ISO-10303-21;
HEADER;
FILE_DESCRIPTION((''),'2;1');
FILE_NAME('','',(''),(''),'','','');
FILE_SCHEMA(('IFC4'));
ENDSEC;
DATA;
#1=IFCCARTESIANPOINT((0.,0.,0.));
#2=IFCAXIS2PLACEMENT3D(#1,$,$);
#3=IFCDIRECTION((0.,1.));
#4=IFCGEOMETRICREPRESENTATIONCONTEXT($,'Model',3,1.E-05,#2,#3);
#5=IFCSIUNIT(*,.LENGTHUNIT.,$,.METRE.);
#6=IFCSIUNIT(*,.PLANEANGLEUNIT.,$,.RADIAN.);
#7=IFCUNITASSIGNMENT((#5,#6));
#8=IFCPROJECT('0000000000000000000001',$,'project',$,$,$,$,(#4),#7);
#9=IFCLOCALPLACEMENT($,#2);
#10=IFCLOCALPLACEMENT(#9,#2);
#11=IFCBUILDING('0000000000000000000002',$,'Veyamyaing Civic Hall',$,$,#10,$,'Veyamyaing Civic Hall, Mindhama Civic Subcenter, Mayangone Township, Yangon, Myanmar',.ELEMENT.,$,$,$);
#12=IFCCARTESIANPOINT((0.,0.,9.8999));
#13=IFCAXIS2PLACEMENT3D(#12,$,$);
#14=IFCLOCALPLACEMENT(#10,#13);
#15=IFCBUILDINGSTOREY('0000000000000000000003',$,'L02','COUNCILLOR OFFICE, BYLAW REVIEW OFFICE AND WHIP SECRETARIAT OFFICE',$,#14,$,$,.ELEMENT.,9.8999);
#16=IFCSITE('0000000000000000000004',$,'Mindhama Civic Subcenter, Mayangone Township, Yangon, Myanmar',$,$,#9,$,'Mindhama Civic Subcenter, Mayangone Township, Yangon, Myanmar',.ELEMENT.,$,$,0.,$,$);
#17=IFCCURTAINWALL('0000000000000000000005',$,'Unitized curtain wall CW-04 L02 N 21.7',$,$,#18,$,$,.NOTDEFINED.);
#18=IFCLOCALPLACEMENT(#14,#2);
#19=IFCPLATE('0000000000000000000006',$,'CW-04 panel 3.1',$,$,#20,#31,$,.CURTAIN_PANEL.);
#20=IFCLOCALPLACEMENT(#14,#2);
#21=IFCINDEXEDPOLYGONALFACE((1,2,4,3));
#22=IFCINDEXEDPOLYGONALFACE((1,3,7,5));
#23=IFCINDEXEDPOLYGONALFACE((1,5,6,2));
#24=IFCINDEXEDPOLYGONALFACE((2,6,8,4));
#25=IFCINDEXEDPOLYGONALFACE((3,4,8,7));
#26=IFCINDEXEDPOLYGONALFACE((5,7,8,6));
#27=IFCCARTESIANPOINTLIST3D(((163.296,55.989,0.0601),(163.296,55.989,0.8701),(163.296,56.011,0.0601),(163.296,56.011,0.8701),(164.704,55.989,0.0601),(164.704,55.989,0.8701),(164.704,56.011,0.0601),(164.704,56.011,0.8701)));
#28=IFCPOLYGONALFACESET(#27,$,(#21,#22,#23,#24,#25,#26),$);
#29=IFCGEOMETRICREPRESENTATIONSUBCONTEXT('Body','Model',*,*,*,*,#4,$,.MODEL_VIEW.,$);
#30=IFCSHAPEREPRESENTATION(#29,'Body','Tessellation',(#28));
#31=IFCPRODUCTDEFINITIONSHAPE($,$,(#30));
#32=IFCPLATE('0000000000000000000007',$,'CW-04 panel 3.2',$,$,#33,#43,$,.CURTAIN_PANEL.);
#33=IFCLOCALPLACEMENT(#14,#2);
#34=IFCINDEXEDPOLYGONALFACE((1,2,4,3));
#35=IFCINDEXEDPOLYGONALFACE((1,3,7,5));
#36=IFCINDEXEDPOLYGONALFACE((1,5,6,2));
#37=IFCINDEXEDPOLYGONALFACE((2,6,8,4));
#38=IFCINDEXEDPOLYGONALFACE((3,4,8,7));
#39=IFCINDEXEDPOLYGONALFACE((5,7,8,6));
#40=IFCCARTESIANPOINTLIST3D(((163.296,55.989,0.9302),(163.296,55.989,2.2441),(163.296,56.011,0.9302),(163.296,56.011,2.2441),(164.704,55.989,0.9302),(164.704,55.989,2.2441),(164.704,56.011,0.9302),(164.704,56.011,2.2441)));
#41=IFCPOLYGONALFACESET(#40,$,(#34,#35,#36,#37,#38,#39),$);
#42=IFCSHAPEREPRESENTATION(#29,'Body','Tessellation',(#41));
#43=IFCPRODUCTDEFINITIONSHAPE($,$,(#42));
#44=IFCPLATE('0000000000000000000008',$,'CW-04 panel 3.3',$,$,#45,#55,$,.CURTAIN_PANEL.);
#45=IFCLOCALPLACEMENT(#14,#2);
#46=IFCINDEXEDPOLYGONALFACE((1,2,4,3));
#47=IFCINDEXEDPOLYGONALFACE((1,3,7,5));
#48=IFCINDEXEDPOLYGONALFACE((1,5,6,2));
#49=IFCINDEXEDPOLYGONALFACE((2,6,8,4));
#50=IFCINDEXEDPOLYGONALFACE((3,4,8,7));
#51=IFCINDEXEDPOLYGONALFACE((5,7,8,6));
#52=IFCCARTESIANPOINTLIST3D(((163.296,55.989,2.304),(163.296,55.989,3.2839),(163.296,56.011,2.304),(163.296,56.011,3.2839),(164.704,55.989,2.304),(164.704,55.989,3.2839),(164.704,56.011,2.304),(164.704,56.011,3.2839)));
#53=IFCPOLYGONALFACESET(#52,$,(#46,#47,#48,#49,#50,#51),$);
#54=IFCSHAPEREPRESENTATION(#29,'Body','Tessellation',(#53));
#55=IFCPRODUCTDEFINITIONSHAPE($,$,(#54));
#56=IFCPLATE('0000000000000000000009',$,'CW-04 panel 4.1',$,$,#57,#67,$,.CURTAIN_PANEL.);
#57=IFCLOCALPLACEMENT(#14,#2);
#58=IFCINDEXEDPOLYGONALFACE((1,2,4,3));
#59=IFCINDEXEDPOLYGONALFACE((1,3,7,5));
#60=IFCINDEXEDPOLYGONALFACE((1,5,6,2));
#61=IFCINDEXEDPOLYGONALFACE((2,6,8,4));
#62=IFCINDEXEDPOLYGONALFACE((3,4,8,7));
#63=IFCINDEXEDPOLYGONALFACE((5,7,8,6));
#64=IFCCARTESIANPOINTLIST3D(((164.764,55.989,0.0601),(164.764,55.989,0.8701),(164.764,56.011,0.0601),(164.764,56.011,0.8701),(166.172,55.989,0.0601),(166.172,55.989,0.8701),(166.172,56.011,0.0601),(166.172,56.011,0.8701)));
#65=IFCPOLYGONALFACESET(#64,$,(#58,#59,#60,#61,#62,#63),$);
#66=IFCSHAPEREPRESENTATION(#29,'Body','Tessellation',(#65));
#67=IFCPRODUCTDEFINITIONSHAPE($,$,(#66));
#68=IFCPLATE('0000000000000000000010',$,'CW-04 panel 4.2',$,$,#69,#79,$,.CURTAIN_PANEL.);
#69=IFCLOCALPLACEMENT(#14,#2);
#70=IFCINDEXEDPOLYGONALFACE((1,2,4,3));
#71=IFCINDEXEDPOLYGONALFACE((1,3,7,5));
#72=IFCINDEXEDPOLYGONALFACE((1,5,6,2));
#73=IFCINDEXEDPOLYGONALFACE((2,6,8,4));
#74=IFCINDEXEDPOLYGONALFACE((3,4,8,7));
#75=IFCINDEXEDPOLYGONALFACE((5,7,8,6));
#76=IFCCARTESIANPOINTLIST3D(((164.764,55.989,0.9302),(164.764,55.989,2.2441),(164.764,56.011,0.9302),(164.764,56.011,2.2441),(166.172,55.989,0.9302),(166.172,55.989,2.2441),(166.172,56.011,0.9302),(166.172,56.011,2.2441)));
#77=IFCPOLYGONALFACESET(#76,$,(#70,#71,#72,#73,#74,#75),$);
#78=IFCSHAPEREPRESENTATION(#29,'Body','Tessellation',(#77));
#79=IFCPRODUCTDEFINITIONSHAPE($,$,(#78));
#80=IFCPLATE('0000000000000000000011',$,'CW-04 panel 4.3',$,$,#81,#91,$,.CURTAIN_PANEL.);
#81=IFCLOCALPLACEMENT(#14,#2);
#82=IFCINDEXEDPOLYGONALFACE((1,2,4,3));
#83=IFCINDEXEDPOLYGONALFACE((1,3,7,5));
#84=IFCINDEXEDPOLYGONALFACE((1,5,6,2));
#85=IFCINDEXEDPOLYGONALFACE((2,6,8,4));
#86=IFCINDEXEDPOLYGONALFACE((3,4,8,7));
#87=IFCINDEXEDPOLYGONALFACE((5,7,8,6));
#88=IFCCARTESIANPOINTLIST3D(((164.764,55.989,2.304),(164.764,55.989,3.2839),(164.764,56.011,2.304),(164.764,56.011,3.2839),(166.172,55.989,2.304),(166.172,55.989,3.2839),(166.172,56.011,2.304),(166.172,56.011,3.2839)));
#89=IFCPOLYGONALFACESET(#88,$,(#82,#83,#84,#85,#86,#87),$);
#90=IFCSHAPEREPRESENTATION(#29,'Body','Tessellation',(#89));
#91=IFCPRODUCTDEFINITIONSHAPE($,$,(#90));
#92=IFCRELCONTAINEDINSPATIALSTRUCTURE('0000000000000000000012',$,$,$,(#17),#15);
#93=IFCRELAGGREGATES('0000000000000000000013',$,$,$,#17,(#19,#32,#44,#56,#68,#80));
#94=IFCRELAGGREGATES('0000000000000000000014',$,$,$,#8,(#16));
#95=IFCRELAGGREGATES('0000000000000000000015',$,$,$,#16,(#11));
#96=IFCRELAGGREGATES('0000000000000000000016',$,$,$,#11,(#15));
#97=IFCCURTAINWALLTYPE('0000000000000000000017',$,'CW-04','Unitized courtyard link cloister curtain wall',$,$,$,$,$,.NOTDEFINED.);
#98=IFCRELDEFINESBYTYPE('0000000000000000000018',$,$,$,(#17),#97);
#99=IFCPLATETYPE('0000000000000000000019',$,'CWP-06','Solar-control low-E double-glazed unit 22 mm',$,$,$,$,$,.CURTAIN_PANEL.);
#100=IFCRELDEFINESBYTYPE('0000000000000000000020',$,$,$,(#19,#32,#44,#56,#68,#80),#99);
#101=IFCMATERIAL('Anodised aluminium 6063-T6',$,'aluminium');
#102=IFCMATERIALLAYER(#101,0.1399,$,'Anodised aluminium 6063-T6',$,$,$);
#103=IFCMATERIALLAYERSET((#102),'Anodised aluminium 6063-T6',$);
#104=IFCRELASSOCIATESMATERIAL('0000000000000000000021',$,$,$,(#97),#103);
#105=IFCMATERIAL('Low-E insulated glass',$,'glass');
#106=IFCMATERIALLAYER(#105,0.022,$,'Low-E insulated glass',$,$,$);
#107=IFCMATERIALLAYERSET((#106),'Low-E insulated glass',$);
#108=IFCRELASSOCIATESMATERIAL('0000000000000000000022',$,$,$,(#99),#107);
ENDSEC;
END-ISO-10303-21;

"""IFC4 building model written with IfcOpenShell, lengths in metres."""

from ifc_helpers import new_model, si_unit, direction, frame, origin, origin_2d, place, context, subcontext, project, spatial, rectangle, extrude, material, layer, layer_set, type_object, element, aggregate, save


model = new_model("IFC4")

# Units and contexts
model_context = context("Model", 3, precision=1e-05, world=origin(), true_north=direction((0.0, 1.0)))
body_context = subcontext(model_context, "Body", "Model", "MODEL_VIEW")
ifc_project = project(units=[si_unit("LENGTHUNIT", "METRE"), si_unit("PLANEANGLEUNIT", "RADIAN")], contexts=[model_context])

# Site, building, storey
site_placement = place(None, origin())
site = spatial("IfcSite", under=ifc_project, at=site_placement, Name="Mindhama Civic Subcenter, Mayangone Township, Yangon, Myanmar", LongName="Mindhama Civic Subcenter, Mayangone Township, Yangon, Myanmar", CompositionType="ELEMENT", RefElevation=0.0)
building_placement = place(site_placement, origin())
building = spatial("IfcBuilding", under=site, at=building_placement, Name="Veyamyaing Civic Hall", LongName="Veyamyaing Civic Hall, Mindhama Civic Subcenter, Mayangone Township, Yangon, Myanmar", CompositionType="ELEMENT")
storey_placement = place(building_placement, frame((0.0, 0.0, 9.8999)))
storey = spatial("IfcBuildingStorey", under=building, at=storey_placement, Name="L02", Description="COUNCILLOR OFFICE, BYLAW REVIEW OFFICE AND WHIP SECRETARIAT OFFICE", CompositionType="ELEMENT", Elevation=9.8999)

# Curtain wall, plates
ifc_material_1 = material(Name="Anodised aluminium 6063-T6", Category="aluminium")
ifc_layer_1 = layer(ifc_material_1, 0.1399, Name="Anodised aluminium 6063-T6")
ifc_layer_set_1 = layer_set([ifc_layer_1], Name="Anodised aluminium 6063-T6")
curtain_wall_type = type_object("IfcCurtainWallType", Name="CW-04", Description="Unitized courtyard link cloister curtain wall", PredefinedType="NOTDEFINED", material=ifc_layer_set_1)
curtain_wall_placement = place(storey_placement, origin())
curtain_wall = element("IfcCurtainWall", 1, at=curtain_wall_placement, inside=storey, type_object=curtain_wall_type, Name="Unitized curtain wall CW-04 L02 N 21.7", PredefinedType="NOTDEFINED")
ifc_material_2 = material(Name="Low-E insulated glass", Category="glass")
ifc_layer_2 = layer(ifc_material_2, 0.022, Name="Low-E insulated glass")
ifc_layer_set_2 = layer_set([ifc_layer_2], Name="Low-E insulated glass")
plate_type = type_object("IfcPlateType", Name="CWP-06", Description="Solar-control low-E double-glazed unit 22 mm", PredefinedType="CURTAIN_PANEL", material=ifc_layer_set_2)
plate_1_placement = place(storey_placement, frame((164.0, 56.0, 0.0601), z_axis=(0.0, 0.0, 1.0), x_axis=(1.0, 0.0, 0.0)))
plate_1 = element("IfcPlate", 2, at=plate_1_placement, type_object=plate_type, Name="CW-04 panel 3.1", PredefinedType="CURTAIN_PANEL", context=body_context, shape_type="SweptSolid", body=[
    extrude(rectangle(XDim=1.408, YDim=0.022, at=origin_2d()), origin(), (0.0, 0.0, 1.0), 0.8101),
])
plate_2_placement = place(storey_placement, frame((164.0, 56.0, 0.9302), z_axis=(0.0, 0.0, 1.0), x_axis=(1.0, 0.0, 0.0)))
plate_2 = element("IfcPlate", 3, at=plate_2_placement, type_object=plate_type, Name="CW-04 panel 3.2", PredefinedType="CURTAIN_PANEL", context=body_context, shape_type="SweptSolid", body=[
    extrude(rectangle(XDim=1.408, YDim=0.022, at=origin_2d()), origin(), (0.0, 0.0, 1.0), 1.314),
])
plate_3_placement = place(storey_placement, frame((164.0, 56.0, 2.304), z_axis=(0.0, 0.0, 1.0), x_axis=(1.0, 0.0, 0.0)))
plate_3 = element("IfcPlate", 4, at=plate_3_placement, type_object=plate_type, Name="CW-04 panel 3.3", PredefinedType="CURTAIN_PANEL", context=body_context, shape_type="SweptSolid", body=[
    extrude(rectangle(XDim=1.408, YDim=0.022, at=origin_2d()), origin(), (0.0, 0.0, 1.0), 0.98),
])
plate_4_placement = place(storey_placement, frame((165.468, 56.0, 0.0601), z_axis=(0.0, 0.0, 1.0), x_axis=(1.0, 0.0, 0.0)))
plate_4 = element("IfcPlate", 5, at=plate_4_placement, type_object=plate_type, Name="CW-04 panel 4.1", PredefinedType="CURTAIN_PANEL", context=body_context, shape_type="SweptSolid", body=[
    extrude(rectangle(XDim=1.408, YDim=0.022, at=origin_2d()), origin(), (0.0, 0.0, 1.0), 0.8101),
])
plate_5_placement = place(storey_placement, frame((165.468, 56.0, 0.9302), z_axis=(0.0, 0.0, 1.0), x_axis=(1.0, 0.0, 0.0)))
plate_5 = element("IfcPlate", 6, at=plate_5_placement, type_object=plate_type, Name="CW-04 panel 4.2", PredefinedType="CURTAIN_PANEL", context=body_context, shape_type="SweptSolid", body=[
    extrude(rectangle(XDim=1.408, YDim=0.022, at=origin_2d()), origin(), (0.0, 0.0, 1.0), 1.314),
])
plate_6_placement = place(storey_placement, frame((165.468, 56.0, 2.304), z_axis=(0.0, 0.0, 1.0), x_axis=(1.0, 0.0, 0.0)))
plate_6 = element("IfcPlate", 7, at=plate_6_placement, type_object=plate_type, Name="CW-04 panel 4.3", PredefinedType="CURTAIN_PANEL", context=body_context, shape_type="SweptSolid", body=[
    extrude(rectangle(XDim=1.408, YDim=0.022, at=origin_2d()), origin(), (0.0, 0.0, 1.0), 0.98),
])
aggregate(curtain_wall, [plate_1, plate_2, plate_3, plate_4, plate_5, plate_6])

save(model, "model.ifc")
